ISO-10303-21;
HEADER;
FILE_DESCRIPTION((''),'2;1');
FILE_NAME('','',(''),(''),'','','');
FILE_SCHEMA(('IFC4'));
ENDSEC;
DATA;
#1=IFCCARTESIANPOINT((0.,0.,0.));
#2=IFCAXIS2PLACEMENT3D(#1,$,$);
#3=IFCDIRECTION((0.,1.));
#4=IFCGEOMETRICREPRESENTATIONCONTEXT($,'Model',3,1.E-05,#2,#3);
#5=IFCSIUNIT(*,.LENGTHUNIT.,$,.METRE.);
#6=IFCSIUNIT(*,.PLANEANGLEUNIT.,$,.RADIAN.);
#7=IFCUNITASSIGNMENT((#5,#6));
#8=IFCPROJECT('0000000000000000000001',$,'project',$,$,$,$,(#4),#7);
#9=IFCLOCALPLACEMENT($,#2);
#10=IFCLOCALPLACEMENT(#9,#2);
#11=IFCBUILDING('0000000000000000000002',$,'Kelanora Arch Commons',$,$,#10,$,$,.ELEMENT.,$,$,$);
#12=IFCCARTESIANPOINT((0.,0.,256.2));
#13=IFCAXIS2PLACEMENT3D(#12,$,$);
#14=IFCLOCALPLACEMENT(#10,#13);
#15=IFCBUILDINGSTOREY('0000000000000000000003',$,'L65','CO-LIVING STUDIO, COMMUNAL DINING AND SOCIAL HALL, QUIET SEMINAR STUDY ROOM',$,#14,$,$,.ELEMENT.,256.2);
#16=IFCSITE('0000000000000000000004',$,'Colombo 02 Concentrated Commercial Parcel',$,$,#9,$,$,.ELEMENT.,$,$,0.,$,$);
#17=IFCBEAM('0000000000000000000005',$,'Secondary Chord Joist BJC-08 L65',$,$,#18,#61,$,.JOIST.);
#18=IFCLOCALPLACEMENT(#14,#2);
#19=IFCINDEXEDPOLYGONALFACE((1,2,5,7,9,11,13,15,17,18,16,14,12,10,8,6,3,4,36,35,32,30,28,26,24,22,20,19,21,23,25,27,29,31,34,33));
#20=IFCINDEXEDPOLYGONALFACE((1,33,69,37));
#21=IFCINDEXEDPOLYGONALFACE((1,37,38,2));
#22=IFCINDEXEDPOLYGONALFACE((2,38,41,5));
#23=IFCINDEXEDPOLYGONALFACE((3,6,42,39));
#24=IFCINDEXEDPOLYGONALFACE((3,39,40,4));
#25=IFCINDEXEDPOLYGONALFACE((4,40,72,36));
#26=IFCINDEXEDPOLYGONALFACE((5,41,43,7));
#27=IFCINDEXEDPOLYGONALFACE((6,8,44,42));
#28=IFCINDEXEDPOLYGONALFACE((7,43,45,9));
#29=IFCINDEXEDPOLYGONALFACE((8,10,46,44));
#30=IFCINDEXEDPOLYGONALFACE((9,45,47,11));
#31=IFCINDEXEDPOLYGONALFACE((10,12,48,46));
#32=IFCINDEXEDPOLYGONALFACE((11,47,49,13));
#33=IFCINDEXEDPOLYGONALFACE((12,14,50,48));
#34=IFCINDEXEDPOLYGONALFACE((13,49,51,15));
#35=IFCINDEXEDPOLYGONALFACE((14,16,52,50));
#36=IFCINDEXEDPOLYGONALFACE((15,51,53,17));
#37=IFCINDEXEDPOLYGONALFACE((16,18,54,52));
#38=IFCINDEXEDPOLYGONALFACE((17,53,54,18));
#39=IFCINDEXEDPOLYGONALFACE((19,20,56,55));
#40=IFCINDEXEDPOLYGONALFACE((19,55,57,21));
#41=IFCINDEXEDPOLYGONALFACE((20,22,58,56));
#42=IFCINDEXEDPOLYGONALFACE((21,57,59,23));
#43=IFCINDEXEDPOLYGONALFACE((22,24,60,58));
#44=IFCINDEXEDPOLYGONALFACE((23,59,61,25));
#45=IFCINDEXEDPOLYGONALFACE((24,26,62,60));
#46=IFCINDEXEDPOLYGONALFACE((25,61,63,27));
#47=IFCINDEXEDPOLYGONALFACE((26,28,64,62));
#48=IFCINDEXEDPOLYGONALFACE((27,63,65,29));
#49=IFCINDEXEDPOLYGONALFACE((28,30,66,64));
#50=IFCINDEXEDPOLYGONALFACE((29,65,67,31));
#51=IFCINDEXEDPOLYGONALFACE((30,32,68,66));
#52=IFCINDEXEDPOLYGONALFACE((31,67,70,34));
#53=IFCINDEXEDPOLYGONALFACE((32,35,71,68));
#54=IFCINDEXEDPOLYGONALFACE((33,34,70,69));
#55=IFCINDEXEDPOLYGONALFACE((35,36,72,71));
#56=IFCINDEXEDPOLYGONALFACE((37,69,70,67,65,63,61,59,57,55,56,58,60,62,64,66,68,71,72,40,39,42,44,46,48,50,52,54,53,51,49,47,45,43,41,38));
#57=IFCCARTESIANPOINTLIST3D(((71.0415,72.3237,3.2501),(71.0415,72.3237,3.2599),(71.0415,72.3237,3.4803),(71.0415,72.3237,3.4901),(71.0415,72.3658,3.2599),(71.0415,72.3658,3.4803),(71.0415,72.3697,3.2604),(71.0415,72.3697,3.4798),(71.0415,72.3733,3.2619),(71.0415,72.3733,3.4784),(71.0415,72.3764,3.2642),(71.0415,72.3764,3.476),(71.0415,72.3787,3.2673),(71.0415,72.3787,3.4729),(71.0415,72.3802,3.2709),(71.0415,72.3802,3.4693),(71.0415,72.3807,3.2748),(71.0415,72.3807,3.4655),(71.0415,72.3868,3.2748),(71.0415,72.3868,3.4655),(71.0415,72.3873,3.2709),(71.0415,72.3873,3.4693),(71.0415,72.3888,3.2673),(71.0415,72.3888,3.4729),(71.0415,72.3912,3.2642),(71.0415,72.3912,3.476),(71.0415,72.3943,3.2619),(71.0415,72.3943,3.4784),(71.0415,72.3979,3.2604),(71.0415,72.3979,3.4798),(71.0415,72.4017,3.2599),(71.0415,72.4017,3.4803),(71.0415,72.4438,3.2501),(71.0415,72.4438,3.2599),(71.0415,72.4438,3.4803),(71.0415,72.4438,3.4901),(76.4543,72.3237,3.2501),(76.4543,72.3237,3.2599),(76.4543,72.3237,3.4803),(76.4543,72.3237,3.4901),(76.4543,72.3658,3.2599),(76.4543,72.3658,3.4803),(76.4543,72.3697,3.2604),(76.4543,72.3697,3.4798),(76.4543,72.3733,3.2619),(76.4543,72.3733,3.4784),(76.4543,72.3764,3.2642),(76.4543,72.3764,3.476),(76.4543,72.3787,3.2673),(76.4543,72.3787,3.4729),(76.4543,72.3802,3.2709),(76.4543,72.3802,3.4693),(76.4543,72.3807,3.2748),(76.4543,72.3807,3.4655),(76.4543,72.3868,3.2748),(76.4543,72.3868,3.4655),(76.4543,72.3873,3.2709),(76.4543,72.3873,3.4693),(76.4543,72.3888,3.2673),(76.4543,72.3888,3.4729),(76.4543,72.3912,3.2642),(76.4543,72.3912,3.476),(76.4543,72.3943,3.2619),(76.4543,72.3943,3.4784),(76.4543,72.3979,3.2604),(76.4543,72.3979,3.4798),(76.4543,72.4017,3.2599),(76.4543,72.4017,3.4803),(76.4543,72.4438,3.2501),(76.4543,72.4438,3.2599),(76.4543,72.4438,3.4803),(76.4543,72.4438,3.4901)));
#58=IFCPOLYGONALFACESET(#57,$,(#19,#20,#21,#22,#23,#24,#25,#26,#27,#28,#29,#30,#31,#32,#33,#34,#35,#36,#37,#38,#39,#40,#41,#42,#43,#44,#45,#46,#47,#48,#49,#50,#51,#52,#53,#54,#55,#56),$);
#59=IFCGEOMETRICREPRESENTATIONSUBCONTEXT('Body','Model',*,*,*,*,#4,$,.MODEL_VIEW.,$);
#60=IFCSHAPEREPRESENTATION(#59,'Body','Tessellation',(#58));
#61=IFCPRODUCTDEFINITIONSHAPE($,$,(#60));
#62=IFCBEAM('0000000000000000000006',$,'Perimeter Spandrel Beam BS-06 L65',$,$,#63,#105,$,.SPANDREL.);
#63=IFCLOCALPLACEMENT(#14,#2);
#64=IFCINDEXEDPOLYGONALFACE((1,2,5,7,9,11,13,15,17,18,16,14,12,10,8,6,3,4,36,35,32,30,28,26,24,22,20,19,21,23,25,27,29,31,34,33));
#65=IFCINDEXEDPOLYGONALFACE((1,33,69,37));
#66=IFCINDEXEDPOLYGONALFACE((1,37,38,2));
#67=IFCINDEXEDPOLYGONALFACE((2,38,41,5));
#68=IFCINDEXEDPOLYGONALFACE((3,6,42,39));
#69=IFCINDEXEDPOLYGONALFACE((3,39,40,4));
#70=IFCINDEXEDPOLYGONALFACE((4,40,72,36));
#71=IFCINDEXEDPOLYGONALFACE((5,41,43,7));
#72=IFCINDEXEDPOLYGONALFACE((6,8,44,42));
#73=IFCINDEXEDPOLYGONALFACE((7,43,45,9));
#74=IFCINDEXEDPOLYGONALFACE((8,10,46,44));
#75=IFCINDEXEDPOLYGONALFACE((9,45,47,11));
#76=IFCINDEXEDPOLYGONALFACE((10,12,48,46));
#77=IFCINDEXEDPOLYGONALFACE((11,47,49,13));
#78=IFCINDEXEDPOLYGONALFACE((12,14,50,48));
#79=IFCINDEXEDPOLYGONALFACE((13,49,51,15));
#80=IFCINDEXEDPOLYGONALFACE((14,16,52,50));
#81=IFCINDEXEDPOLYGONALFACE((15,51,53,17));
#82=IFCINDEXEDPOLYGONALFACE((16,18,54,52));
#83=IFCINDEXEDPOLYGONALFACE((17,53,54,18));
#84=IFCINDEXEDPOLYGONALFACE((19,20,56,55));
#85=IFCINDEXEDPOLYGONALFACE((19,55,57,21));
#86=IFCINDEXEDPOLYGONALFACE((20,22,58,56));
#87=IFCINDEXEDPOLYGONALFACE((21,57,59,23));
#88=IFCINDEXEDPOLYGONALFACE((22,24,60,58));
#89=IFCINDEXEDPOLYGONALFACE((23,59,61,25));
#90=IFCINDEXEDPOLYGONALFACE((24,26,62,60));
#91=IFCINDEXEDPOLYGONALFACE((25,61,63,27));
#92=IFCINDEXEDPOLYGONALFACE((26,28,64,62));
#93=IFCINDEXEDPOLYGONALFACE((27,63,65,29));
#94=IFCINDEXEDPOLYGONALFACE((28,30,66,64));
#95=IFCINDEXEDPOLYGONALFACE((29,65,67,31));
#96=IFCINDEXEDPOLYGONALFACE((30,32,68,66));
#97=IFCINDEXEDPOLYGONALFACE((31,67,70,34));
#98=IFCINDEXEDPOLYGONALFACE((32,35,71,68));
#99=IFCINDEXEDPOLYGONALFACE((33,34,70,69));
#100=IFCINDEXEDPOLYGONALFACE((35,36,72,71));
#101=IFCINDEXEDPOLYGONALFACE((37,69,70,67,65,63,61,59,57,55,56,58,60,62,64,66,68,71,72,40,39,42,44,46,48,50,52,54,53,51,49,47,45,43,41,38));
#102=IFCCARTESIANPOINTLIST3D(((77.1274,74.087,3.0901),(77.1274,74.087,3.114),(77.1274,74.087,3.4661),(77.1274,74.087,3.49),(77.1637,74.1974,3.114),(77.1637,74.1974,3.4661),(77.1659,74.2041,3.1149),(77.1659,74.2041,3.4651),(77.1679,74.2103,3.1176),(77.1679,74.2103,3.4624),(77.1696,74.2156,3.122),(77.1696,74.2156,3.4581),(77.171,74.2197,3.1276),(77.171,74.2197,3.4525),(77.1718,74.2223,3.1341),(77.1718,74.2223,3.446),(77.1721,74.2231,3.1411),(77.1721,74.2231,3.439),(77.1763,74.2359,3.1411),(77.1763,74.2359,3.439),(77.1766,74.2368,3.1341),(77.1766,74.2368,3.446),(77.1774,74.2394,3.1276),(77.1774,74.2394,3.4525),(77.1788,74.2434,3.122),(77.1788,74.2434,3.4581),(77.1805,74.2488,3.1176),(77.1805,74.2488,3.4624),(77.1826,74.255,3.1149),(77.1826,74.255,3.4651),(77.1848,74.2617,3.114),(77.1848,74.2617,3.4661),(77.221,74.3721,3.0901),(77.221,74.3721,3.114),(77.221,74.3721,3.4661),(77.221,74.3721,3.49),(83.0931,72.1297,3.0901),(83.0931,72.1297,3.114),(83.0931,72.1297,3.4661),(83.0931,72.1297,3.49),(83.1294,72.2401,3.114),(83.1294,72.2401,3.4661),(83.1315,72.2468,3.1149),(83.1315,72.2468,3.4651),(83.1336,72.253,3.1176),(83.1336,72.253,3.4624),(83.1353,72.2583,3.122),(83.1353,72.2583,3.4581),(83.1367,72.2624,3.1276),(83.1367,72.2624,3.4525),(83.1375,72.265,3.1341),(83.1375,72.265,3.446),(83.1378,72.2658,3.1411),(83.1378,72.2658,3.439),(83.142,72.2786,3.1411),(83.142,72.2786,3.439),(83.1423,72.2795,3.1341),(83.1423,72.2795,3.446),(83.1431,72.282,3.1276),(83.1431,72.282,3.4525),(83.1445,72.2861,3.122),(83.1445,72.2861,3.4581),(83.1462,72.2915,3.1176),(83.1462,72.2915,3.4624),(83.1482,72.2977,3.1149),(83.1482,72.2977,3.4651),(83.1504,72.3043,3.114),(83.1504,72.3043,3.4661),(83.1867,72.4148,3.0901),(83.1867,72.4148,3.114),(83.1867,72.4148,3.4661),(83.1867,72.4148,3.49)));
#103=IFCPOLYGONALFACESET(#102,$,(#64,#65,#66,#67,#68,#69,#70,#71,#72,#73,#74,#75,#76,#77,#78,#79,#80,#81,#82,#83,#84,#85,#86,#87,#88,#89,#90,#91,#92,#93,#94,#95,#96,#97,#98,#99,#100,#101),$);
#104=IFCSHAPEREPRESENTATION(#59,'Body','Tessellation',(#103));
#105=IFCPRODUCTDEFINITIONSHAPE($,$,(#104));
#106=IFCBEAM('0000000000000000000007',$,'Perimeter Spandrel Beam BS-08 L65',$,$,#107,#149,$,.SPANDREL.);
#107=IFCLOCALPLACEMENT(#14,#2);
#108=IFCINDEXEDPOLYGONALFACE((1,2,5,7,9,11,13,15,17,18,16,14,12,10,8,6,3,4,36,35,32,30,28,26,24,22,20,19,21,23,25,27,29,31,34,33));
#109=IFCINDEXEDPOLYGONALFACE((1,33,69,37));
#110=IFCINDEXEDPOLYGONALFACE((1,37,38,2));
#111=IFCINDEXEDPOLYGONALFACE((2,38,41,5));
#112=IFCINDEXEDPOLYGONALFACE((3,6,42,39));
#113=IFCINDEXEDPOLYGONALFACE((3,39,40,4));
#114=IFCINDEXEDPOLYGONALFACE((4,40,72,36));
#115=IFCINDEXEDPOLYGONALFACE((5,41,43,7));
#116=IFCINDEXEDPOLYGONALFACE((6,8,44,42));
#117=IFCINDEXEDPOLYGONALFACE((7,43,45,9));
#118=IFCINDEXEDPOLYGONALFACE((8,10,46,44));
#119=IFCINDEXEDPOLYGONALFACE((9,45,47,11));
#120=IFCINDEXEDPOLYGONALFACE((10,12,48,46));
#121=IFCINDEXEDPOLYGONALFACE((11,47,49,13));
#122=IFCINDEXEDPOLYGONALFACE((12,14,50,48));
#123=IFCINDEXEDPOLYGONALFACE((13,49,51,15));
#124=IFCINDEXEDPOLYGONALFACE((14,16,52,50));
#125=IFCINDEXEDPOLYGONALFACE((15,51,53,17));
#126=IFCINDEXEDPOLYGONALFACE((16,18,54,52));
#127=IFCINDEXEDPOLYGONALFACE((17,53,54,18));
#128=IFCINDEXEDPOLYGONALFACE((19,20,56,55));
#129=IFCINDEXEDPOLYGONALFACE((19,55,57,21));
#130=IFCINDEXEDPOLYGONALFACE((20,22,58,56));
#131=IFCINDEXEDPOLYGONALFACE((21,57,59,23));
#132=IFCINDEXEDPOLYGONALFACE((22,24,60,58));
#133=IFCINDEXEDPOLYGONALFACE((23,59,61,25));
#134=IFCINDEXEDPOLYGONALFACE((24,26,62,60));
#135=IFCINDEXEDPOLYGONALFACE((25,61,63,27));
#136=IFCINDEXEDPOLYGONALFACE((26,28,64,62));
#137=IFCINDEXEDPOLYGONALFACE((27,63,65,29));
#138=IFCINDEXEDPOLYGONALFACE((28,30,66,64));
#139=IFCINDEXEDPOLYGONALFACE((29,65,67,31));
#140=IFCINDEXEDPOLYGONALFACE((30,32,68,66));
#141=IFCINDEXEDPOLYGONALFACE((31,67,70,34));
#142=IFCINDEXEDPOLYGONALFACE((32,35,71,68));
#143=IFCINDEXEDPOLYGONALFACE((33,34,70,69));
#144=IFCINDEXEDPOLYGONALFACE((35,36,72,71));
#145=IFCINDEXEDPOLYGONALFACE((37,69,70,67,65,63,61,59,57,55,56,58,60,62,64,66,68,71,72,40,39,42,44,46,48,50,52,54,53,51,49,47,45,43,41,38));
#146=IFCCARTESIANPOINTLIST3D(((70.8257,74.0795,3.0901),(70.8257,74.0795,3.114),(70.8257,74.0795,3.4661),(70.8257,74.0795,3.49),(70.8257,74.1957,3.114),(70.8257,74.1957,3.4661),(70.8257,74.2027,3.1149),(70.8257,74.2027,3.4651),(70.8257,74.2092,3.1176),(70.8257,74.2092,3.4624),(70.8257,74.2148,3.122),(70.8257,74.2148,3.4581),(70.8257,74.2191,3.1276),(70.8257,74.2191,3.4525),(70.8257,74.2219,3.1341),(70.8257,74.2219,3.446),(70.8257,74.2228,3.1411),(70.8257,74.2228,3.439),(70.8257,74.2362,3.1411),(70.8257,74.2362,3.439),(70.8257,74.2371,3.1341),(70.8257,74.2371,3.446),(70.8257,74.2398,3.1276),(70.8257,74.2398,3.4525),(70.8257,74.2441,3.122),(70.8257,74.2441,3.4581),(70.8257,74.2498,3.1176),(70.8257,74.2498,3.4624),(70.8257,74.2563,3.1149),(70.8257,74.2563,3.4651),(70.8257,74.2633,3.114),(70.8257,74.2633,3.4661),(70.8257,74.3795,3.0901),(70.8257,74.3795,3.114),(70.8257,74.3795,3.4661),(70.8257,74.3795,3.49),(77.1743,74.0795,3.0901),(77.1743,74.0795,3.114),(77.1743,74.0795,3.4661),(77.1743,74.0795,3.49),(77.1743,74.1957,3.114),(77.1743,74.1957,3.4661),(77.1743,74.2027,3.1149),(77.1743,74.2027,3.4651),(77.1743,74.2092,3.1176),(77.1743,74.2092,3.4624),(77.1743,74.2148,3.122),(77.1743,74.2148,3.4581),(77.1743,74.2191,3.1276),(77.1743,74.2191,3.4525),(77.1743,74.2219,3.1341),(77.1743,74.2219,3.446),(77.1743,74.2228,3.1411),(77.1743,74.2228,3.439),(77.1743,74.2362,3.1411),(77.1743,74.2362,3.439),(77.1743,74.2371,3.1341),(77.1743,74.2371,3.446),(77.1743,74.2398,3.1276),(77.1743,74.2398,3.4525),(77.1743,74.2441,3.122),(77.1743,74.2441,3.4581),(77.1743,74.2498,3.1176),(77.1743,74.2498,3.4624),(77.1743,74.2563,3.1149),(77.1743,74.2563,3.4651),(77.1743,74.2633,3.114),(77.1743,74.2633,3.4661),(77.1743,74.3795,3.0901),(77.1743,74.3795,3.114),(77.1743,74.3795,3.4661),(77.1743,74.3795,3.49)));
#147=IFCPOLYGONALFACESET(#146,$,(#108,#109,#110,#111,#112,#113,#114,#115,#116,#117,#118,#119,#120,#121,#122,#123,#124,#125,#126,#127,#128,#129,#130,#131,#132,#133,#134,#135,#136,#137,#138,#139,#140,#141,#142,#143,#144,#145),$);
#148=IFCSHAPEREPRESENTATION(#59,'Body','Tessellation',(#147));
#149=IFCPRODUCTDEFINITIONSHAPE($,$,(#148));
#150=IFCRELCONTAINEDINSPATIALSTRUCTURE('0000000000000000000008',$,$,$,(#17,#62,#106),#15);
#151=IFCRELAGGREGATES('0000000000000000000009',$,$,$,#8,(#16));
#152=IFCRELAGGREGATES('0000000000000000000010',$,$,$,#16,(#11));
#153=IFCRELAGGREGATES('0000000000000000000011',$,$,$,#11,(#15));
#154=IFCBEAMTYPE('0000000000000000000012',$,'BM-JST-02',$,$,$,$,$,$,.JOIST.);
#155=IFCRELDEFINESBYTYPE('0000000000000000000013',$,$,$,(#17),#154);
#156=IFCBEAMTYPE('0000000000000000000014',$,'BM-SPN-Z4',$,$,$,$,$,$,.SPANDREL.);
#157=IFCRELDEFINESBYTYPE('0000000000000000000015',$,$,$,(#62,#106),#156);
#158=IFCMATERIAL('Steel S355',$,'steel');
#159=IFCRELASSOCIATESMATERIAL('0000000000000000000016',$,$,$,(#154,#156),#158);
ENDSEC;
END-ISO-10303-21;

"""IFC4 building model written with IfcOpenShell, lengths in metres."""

from ifc_helpers import new_model, si_unit, direction, frame, origin, origin_2d, place, context, subcontext, project, spatial, i_section, extrude, material, material_profile, profile_set, type_object, element, save


model = new_model("IFC4")

# Units and contexts
model_context = context("Model", 3, precision=1e-05, world=origin(), true_north=direction((0.0, 1.0)))
body_context = subcontext(model_context, "Body", "Model", "MODEL_VIEW")
ifc_project = project(units=[si_unit("LENGTHUNIT", "METRE"), si_unit("PLANEANGLEUNIT", "RADIAN")], contexts=[model_context])

# Site, building, storey
site_placement = place(None, origin())
site = spatial("IfcSite", under=ifc_project, at=site_placement, Name="Colombo 02 Concentrated Commercial Parcel", CompositionType="ELEMENT", RefElevation=0.0)
building_placement = place(site_placement, origin())
building = spatial("IfcBuilding", under=site, at=building_placement, Name="Kelanora Arch Commons", CompositionType="ELEMENT")
storey_placement = place(building_placement, frame((0.0, 0.0, 256.2)))
storey = spatial("IfcBuildingStorey", under=building, at=storey_placement, Name="L65", Description="CO-LIVING STUDIO, COMMUNAL DINING AND SOCIAL HALL, QUIET SEMINAR STUDY ROOM", CompositionType="ELEMENT", Elevation=256.2)

# Beams
ifc_material_1 = material(Name="Steel S355", Category="steel")
ifc_material_profile_1 = material_profile(ifc_material_1, i_section(OverallWidth=0.1201, OverallDepth=0.24, WebThickness=0.0061, FlangeThickness=0.0098, FilletRadius=0.0149, at=origin_2d()), Name="IPE240")
ifc_profile_set_1 = profile_set([ifc_material_profile_1], Name="Steel S355")
beam_type_1 = type_object("IfcBeamType", Name="BM-JST-02", PredefinedType="JOIST", material=ifc_profile_set_1)
beam_1_placement = place(storey_placement, frame((76.4543, 72.3838, 3.3701), z_axis=(-1.0, 0.0, 0.0), x_axis=(0.0, -1.0, 0.0)))
element("IfcBeam", 1, at=beam_1_placement, inside=storey, type_object=beam_type_1, Name="Secondary Chord Joist BJC-08 L65", PredefinedType="JOIST", context=body_context, shape_type="SweptSolid", body=[
    extrude(i_section(OverallWidth=0.1201, OverallDepth=0.24, WebThickness=0.0061, FlangeThickness=0.0098, FilletRadius=0.0149, at=origin_2d()), origin(), (0.0, 0.0, 1.0), 5.4128),
])
ifc_material_profile_2 = material_profile(ifc_material_1, i_section(OverallWidth=0.3, OverallDepth=0.3999, WebThickness=0.0134, FlangeThickness=0.0239, FilletRadius=0.0271, at=origin_2d()), Name="HEB400")
ifc_profile_set_2 = profile_set([ifc_material_profile_2], Name="Steel S355")
beam_type_2 = type_object("IfcBeamType", Name="BM-SPN-Z4", PredefinedType="SPANDREL", material=ifc_profile_set_2)
beam_2_placement = place(storey_placement, frame((83.1399, 72.2722, 3.29), z_axis=(-0.950166, 0.311745, 0.0), x_axis=(-0.311745, -0.950166, 0.0)))
element("IfcBeam", 2, at=beam_2_placement, inside=storey, type_object=beam_type_2, Name="Perimeter Spandrel Beam BS-06 L65", PredefinedType="SPANDREL", context=body_context, shape_type="SweptSolid", body=[
    extrude(i_section(OverallWidth=0.3, OverallDepth=0.3999, WebThickness=0.0134, FlangeThickness=0.0239, FilletRadius=0.0271, at=origin_2d()), origin(), (0.0, 0.0, 1.0), 6.2786),
])
beam_3_placement = place(storey_placement, frame((77.1743, 74.2295, 3.29), z_axis=(-1.0, 0.0, 0.0), x_axis=(0.0, -1.0, 0.0)))
element("IfcBeam", 3, at=beam_3_placement, inside=storey, type_object=beam_type_2, Name="Perimeter Spandrel Beam BS-08 L65", PredefinedType="SPANDREL", context=body_context, shape_type="SweptSolid", body=[
    extrude(i_section(OverallWidth=0.3, OverallDepth=0.3999, WebThickness=0.0134, FlangeThickness=0.0239, FilletRadius=0.0271, at=origin_2d()), origin(), (0.0, 0.0, 1.0), 6.3486),
])

save(model, "model.ifc")
